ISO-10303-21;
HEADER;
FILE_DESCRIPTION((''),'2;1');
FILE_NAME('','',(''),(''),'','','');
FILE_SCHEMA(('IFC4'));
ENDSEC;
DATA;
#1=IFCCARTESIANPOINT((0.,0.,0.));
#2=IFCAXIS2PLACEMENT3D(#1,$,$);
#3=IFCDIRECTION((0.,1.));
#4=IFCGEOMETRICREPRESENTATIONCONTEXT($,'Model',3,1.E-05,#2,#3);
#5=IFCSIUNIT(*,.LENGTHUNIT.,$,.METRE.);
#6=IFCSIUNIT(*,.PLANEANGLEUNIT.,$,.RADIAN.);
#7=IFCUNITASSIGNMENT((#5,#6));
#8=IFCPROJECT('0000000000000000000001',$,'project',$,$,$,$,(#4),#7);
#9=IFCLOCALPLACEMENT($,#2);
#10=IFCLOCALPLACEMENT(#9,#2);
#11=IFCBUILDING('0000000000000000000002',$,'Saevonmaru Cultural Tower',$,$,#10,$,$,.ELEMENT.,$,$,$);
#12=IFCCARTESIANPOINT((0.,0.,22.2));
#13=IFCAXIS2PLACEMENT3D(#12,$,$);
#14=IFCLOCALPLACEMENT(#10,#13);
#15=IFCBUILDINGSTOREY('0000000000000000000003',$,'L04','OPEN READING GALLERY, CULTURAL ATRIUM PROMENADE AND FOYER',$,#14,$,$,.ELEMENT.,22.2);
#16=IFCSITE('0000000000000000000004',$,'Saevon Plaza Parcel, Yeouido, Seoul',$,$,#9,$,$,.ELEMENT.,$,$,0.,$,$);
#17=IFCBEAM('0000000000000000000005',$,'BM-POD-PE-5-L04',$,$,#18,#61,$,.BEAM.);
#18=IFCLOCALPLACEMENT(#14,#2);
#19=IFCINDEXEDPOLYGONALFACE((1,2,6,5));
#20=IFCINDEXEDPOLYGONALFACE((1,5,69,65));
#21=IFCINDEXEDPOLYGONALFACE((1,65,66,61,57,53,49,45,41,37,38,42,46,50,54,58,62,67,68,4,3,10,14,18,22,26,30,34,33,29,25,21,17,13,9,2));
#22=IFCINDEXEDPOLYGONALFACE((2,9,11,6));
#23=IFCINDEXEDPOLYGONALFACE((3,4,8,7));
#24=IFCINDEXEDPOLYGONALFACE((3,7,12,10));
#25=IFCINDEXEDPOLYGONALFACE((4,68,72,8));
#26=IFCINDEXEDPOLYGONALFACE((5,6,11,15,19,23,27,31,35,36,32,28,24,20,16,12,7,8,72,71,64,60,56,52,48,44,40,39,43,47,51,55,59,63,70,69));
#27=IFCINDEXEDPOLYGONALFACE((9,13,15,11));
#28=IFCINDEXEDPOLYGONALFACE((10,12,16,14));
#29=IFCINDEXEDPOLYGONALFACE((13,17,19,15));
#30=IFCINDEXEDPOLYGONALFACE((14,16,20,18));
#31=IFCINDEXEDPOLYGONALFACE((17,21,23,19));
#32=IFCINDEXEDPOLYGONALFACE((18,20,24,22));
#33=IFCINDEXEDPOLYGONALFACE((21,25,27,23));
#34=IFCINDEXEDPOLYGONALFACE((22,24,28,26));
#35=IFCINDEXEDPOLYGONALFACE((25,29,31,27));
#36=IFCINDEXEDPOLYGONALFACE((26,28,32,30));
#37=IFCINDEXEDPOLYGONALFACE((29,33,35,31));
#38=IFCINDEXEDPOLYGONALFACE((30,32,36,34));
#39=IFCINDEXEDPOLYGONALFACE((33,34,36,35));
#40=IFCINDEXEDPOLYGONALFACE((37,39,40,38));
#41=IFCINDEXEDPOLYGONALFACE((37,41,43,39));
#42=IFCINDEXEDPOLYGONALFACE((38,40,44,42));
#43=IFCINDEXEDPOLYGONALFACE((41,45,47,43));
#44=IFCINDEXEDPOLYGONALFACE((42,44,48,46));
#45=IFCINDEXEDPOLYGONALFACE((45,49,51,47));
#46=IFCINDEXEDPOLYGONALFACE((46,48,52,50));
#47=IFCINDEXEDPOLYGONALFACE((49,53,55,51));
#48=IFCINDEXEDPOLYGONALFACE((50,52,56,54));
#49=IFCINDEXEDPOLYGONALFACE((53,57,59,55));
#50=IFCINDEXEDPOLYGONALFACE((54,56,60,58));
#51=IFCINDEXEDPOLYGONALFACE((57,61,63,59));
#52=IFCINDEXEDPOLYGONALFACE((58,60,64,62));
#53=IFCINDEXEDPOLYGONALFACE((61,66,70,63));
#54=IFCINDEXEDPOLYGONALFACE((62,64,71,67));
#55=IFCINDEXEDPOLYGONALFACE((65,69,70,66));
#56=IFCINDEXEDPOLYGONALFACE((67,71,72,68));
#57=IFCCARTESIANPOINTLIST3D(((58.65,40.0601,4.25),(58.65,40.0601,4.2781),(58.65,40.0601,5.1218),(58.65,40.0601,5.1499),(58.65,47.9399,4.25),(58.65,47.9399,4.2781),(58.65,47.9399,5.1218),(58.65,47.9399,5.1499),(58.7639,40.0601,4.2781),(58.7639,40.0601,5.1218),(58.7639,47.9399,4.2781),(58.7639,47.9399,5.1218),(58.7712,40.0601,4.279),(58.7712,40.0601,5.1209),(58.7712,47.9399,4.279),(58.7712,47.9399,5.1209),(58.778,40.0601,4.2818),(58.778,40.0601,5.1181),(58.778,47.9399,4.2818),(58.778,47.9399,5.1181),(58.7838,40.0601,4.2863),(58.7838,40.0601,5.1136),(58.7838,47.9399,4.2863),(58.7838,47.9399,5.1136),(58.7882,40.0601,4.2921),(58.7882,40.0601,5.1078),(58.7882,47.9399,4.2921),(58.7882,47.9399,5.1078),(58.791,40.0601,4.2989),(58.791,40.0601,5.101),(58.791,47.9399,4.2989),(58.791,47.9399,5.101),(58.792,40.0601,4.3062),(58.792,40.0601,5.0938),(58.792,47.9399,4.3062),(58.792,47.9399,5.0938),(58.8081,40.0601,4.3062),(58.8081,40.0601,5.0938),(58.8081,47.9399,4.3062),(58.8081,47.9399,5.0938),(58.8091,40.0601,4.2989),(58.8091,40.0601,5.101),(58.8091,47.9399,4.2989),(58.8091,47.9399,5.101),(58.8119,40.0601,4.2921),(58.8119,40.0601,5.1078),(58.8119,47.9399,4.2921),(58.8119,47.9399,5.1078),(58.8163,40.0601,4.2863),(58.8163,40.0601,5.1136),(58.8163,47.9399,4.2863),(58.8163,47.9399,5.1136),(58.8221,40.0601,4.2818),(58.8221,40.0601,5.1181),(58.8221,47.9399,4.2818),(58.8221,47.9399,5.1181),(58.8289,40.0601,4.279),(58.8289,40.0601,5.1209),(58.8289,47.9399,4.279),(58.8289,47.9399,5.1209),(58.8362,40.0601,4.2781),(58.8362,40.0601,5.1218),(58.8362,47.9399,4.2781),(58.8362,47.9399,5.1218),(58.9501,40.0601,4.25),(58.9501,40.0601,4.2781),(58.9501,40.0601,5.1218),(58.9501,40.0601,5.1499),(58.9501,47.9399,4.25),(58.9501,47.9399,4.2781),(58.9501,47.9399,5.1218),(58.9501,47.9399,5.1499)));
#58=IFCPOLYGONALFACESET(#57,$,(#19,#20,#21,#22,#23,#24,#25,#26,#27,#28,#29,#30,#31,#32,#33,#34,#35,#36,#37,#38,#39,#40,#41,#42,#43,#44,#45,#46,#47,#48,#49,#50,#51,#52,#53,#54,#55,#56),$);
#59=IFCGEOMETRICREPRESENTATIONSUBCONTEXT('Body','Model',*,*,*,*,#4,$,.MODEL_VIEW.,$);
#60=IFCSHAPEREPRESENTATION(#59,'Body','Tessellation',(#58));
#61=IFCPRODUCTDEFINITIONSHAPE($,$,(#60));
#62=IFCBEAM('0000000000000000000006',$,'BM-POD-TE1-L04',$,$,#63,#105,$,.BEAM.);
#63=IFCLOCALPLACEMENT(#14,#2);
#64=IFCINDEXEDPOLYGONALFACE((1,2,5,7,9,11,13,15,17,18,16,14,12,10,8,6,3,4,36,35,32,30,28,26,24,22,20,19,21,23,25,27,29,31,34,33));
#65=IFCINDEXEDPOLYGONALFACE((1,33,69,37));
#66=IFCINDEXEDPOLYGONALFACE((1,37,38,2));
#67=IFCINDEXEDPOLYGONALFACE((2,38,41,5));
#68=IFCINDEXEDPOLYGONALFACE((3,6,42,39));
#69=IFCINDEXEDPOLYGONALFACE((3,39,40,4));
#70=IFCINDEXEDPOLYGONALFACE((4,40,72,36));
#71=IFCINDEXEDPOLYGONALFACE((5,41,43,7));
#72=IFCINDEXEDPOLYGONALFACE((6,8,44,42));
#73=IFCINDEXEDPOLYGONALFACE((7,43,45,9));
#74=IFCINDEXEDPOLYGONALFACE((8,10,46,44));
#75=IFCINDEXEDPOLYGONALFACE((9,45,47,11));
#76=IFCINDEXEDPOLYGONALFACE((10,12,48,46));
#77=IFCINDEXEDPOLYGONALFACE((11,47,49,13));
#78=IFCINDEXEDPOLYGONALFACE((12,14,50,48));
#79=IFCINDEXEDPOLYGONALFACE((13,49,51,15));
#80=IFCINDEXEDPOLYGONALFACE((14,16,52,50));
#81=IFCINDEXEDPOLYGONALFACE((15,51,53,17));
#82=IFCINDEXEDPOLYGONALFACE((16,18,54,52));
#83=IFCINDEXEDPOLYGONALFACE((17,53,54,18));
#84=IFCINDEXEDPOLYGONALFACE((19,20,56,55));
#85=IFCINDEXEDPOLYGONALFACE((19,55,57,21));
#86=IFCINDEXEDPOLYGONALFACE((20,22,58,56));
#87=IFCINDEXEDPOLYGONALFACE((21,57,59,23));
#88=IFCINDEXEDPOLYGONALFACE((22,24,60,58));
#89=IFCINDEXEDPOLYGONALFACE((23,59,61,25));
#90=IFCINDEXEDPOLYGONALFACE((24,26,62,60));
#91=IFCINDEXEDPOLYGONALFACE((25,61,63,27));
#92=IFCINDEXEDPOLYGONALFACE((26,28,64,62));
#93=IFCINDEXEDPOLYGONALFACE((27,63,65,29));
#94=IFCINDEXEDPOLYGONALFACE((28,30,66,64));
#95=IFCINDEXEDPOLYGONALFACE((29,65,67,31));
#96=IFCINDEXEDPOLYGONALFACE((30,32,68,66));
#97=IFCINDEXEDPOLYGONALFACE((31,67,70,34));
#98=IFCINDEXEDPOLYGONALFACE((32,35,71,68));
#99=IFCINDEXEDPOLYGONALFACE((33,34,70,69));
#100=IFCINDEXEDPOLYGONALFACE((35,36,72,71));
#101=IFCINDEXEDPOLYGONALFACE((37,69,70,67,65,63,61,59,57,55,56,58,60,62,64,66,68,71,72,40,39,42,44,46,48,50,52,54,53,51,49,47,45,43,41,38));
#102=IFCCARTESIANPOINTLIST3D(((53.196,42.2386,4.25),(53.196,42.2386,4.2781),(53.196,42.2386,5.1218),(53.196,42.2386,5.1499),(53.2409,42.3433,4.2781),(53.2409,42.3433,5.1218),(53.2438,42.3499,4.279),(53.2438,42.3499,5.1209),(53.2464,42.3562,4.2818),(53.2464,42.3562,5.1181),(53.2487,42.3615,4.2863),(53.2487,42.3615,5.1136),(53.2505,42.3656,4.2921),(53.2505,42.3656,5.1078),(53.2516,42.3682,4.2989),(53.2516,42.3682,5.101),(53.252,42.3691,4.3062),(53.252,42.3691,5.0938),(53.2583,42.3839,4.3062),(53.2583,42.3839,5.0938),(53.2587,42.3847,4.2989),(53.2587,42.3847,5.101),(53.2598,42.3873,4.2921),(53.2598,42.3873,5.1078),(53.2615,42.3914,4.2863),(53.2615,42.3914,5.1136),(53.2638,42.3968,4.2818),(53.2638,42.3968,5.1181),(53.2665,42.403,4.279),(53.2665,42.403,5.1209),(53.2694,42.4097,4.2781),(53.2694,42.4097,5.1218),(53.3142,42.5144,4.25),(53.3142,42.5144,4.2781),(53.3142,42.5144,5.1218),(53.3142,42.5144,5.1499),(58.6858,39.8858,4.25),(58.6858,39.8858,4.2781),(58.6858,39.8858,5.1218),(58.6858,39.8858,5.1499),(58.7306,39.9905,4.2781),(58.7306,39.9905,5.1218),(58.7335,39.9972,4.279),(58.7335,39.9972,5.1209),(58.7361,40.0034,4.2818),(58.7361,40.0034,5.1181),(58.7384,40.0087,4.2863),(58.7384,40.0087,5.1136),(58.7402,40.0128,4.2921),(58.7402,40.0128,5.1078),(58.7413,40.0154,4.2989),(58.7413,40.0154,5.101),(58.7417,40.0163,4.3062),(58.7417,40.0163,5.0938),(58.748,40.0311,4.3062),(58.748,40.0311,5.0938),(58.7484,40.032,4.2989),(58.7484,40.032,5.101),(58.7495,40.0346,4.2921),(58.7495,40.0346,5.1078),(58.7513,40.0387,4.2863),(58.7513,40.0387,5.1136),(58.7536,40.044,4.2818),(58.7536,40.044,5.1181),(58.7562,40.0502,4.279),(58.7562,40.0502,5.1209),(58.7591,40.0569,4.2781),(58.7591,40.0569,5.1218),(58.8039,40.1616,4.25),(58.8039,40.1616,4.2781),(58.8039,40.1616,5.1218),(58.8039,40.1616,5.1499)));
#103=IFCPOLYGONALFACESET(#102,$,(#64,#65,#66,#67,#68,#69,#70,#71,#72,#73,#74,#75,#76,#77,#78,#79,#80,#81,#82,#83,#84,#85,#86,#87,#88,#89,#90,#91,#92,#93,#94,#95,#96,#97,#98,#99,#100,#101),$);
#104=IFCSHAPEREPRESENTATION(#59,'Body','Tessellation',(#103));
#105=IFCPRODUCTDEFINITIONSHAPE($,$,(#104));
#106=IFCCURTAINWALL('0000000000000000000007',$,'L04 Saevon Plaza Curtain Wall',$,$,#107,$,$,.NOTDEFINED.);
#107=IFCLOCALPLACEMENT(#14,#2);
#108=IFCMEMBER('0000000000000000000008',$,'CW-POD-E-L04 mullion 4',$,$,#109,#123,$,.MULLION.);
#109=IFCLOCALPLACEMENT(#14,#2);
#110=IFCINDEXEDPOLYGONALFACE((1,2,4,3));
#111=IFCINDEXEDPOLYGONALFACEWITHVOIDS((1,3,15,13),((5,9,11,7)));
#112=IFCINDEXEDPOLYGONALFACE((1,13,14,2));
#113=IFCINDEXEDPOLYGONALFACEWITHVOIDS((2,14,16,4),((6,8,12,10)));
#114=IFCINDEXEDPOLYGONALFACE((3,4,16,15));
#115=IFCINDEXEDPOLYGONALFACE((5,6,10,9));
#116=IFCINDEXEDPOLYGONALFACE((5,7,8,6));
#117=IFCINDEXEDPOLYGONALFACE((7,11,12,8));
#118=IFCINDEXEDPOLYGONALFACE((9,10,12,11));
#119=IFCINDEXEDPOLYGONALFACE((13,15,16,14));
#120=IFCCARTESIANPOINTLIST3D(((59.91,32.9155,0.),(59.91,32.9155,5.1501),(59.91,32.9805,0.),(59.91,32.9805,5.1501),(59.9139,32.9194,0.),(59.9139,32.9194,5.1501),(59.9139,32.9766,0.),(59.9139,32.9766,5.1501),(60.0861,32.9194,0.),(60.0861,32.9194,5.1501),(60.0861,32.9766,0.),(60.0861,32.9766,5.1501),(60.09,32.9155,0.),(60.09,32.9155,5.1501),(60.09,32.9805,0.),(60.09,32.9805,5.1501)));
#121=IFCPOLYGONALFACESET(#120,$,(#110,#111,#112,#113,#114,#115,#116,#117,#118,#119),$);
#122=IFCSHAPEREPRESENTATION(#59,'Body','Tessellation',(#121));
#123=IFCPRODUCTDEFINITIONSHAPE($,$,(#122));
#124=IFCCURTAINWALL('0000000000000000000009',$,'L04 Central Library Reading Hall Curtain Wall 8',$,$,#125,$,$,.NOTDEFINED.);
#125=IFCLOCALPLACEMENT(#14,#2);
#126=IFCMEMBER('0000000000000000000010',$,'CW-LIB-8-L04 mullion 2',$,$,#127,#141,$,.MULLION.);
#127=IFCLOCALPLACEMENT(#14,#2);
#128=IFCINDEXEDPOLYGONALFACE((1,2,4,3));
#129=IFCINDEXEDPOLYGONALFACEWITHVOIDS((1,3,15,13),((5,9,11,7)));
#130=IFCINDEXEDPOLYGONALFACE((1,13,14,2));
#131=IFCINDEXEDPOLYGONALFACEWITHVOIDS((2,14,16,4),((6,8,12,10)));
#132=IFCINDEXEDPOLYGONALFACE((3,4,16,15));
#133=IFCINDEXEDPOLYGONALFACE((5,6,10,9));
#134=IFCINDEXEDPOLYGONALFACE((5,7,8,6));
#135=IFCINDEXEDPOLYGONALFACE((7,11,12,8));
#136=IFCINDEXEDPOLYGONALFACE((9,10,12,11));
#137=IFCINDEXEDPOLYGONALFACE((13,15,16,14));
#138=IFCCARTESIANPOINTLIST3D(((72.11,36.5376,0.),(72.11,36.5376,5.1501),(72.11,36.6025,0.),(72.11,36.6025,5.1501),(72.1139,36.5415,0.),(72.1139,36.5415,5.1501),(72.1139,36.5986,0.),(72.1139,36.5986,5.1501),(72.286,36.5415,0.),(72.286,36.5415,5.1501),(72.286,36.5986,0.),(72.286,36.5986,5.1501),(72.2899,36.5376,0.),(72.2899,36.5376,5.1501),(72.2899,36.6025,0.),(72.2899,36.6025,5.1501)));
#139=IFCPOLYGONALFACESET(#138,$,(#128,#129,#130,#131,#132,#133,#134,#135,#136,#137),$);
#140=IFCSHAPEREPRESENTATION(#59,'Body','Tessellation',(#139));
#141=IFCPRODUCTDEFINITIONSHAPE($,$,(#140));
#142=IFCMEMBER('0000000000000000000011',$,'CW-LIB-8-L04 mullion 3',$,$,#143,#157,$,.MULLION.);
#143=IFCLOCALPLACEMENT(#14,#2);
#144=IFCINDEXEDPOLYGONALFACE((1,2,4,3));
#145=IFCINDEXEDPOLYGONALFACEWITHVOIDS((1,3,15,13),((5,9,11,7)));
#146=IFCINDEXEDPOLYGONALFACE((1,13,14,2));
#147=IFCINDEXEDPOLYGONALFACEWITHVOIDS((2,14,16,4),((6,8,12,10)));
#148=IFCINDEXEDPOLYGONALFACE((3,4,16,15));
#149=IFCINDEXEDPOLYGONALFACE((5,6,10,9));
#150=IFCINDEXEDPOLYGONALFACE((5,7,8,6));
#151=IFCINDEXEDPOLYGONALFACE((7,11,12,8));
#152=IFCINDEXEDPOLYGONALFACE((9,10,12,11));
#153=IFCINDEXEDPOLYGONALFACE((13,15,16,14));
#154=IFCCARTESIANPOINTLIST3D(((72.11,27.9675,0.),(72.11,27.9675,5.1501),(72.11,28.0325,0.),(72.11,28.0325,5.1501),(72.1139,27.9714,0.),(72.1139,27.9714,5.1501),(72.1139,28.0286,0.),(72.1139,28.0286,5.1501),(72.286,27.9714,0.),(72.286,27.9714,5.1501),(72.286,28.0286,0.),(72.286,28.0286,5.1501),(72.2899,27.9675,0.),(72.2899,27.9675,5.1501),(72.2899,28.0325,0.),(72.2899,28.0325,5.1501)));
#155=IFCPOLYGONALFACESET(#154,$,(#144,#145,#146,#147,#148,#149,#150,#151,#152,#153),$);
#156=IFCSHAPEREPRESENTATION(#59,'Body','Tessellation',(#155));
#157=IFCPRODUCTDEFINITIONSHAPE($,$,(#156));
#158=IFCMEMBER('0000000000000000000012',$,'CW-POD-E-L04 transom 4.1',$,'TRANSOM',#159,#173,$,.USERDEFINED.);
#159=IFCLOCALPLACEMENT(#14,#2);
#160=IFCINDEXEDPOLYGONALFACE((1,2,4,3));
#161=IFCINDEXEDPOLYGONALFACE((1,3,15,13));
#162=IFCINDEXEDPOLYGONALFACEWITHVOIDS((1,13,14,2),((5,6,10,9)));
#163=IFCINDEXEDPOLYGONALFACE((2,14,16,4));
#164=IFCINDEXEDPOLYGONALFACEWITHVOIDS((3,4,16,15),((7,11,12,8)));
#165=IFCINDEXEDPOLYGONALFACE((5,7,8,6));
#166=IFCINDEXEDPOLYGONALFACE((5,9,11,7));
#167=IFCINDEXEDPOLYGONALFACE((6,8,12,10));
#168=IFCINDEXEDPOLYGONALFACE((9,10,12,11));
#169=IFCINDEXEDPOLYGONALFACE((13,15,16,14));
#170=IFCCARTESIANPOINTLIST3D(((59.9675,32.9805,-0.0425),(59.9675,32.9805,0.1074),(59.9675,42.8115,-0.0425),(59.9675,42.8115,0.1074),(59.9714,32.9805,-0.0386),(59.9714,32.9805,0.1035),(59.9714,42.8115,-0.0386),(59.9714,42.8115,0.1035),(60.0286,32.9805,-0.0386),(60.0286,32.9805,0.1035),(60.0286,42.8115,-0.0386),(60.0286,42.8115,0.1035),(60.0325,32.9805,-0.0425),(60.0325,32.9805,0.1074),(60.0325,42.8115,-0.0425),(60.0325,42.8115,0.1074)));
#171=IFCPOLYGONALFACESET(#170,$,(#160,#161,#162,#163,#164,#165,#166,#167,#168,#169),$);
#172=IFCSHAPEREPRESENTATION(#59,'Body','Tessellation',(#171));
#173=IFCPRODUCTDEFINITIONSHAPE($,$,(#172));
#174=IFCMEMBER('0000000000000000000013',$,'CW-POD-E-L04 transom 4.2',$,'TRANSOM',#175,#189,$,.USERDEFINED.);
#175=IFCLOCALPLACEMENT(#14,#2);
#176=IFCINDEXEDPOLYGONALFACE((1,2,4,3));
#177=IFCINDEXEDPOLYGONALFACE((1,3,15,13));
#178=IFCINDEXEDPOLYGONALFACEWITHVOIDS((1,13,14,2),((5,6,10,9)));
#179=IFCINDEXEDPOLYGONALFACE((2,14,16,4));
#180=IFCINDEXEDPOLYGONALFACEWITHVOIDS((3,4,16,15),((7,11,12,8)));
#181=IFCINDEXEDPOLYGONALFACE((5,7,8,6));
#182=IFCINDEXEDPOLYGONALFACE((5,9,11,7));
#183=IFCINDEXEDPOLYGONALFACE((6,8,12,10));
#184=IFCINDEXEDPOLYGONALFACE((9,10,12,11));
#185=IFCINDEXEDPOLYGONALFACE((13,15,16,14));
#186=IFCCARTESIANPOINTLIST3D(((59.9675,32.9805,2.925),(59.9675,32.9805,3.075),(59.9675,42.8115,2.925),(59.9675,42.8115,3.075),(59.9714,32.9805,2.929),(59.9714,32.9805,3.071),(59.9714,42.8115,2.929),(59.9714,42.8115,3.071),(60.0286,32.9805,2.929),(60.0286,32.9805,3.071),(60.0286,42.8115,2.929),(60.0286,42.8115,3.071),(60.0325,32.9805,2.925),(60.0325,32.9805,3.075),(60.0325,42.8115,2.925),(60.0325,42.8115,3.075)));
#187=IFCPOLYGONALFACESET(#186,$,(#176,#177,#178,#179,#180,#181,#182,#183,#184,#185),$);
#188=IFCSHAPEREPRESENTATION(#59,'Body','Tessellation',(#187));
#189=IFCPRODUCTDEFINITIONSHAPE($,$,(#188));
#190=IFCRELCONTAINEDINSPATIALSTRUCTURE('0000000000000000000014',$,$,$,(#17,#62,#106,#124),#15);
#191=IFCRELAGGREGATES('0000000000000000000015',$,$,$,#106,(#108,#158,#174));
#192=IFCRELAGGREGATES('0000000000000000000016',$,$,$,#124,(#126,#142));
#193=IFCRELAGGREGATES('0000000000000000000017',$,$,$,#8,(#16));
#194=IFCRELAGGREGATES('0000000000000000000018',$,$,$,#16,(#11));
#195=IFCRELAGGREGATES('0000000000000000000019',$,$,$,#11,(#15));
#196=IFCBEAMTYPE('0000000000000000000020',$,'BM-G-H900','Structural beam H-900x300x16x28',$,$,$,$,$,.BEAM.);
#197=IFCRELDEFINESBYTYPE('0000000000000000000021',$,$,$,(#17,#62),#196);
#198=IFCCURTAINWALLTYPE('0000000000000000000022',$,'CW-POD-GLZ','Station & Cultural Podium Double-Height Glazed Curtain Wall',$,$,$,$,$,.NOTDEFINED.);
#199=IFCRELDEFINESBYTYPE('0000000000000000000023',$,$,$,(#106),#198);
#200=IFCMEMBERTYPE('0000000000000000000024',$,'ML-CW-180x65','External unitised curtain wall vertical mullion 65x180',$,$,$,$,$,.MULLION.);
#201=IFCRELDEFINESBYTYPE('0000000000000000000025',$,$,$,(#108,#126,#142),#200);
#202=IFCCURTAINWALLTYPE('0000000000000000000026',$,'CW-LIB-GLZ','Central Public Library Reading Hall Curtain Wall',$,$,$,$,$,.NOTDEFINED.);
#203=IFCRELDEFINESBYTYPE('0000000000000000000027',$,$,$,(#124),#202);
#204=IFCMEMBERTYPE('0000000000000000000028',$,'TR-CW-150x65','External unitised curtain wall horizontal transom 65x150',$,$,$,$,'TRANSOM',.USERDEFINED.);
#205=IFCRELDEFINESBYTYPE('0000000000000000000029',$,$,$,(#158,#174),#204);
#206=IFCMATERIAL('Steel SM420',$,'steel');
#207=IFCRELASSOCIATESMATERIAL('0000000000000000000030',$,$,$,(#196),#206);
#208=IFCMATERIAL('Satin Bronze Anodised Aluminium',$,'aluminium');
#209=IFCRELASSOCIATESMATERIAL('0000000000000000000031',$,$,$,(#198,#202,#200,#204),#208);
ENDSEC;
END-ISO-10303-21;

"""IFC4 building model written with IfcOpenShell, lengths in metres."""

from ifc_helpers import new_model, si_unit, direction, frame, origin, origin_2d, place, context, subcontext, project, spatial, hollow_rectangle, i_section, extrude, material, material_profile, profile_set, type_object, element, aggregate, save


model = new_model("IFC4")

# Units and contexts
model_context = context("Model", 3, precision=1e-05, world=origin(), true_north=direction((0.0, 1.0)))
body_context = subcontext(model_context, "Body", "Model", "MODEL_VIEW")
ifc_project = project(units=[si_unit("LENGTHUNIT", "METRE"), si_unit("PLANEANGLEUNIT", "RADIAN")], contexts=[model_context])

# Site, building, storey
site_placement = place(None, origin())
site = spatial("IfcSite", under=ifc_project, at=site_placement, Name="Saevon Plaza Parcel, Yeouido, Seoul", CompositionType="ELEMENT", RefElevation=0.0)
building_placement = place(site_placement, origin())
building = spatial("IfcBuilding", under=site, at=building_placement, Name="Saevonmaru Cultural Tower", CompositionType="ELEMENT")
storey_placement = place(building_placement, frame((0.0, 0.0, 22.2)))
storey = spatial("IfcBuildingStorey", under=building, at=storey_placement, Name="L04", Description="OPEN READING GALLERY, CULTURAL ATRIUM PROMENADE AND FOYER", CompositionType="ELEMENT", Elevation=22.2)

# Shared definitions
ifc_material_1 = material(Name="Steel SM420", Category="steel")

# Beams
ifc_material_profile_1 = material_profile(ifc_material_1, i_section(OverallWidth=0.3, OverallDepth=0.8999, WebThickness=0.0161, FlangeThickness=0.0281, FilletRadius=0.0281, at=origin_2d()), Name="H-900x300x16x28")
ifc_profile_set_1 = profile_set([ifc_material_profile_1], Name="Steel SM420")
beam_type = type_object("IfcBeamType", Name="BM-G-H900", Description="Structural beam H-900x300x16x28", PredefinedType="BEAM", material=ifc_profile_set_1)
for number, where, z_axis, x_axis, name in (
    (1, (58.8, 40.0601, 4.7), (0.0, 1.0, 0.0), (-1.0, 0.0, 0.0), "BM-POD-PE-5-L04"),
):
    element("IfcBeam", number, at=place(storey_placement, frame(where, z_axis=z_axis, x_axis=x_axis)), inside=storey, type_object=beam_type, Name=name, PredefinedType="BEAM", context=body_context, shape_type="SweptSolid", body=[
        extrude(i_section(OverallWidth=0.3, OverallDepth=0.8999, WebThickness=0.0161, FlangeThickness=0.0281, FilletRadius=0.0281, at=origin_2d()), origin(), (0.0, 0.0, 1.0), 7.8799),
    ])
beam_placement = place(storey_placement, frame((53.2551, 42.3765, 4.7), z_axis=(0.919143, -0.393924, 0.0), x_axis=(0.393924, 0.919143, 0.0)))
element("IfcBeam", 2, at=beam_placement, inside=storey, type_object=beam_type, Name="BM-POD-TE1-L04", PredefinedType="BEAM", context=body_context, shape_type="SweptSolid", body=[
    extrude(i_section(OverallWidth=0.3, OverallDepth=0.8999, WebThickness=0.0161, FlangeThickness=0.0281, FilletRadius=0.0281, at=origin_2d()), origin(), (0.0, 0.0, 1.0), 5.9727),
])

# Curtain wall, member
ifc_material_2 = material(Name="Satin Bronze Anodised Aluminium", Category="aluminium")
curtain_wall_type_1 = type_object("IfcCurtainWallType", Name="CW-POD-GLZ", Description="Station & Cultural Podium Double-Height Glazed Curtain Wall", PredefinedType="NOTDEFINED", material=ifc_material_2)
curtain_wall_1_placement = place(storey_placement, origin())
curtain_wall_1 = element("IfcCurtainWall", 3, at=curtain_wall_1_placement, inside=storey, type_object=curtain_wall_type_1, Name="L04 Saevon Plaza Curtain Wall", PredefinedType="NOTDEFINED")
ifc_material_profile_2 = material_profile(ifc_material_2, hollow_rectangle(XDim=0.0649, YDim=0.1799, WallThickness=0.0039, at=origin_2d()), Name="ALU-MULL-180x65x4")
ifc_profile_set_2 = profile_set([ifc_material_profile_2], Name="Satin Bronze Anodised Aluminium")
member_type_1 = type_object("IfcMemberType", Name="ML-CW-180x65", Description="External unitised curtain wall vertical mullion 65x180", PredefinedType="MULLION", material=ifc_profile_set_2)
member_1_placement = place(storey_placement, frame((60.0, 32.948, 0.0), z_axis=(0.0, 0.0, 1.0), x_axis=(0.0, 1.0, 0.0)))
member_1 = element("IfcMember", 4, at=member_1_placement, type_object=member_type_1, Name="CW-POD-E-L04 mullion 4", PredefinedType="MULLION", context=body_context, shape_type="SweptSolid", body=[
    extrude(hollow_rectangle(XDim=0.0649, YDim=0.1799, WallThickness=0.0039, at=origin_2d()), origin(), (0.0, 0.0, 1.0), 5.1501),
])

# Curtain wall, members
curtain_wall_type_2 = type_object("IfcCurtainWallType", Name="CW-LIB-GLZ", Description="Central Public Library Reading Hall Curtain Wall", PredefinedType="NOTDEFINED", material=ifc_material_2)
curtain_wall_2_placement = place(storey_placement, origin())
curtain_wall_2 = element("IfcCurtainWall", 5, at=curtain_wall_2_placement, inside=storey, type_object=curtain_wall_type_2, Name="L04 Central Library Reading Hall Curtain Wall 8", PredefinedType="NOTDEFINED")
member_2_placement = place(storey_placement, frame((72.2, 36.5701, 0.0), z_axis=(0.0, 0.0, 1.0), x_axis=(0.0, -1.0, 0.0)))
member_2 = element("IfcMember", 6, at=member_2_placement, type_object=member_type_1, Name="CW-LIB-8-L04 mullion 2", PredefinedType="MULLION", context=body_context, shape_type="SweptSolid", body=[
    extrude(hollow_rectangle(XDim=0.0649, YDim=0.1799, WallThickness=0.0039, at=origin_2d()), origin(), (0.0, 0.0, 1.0), 5.1501),
])
member_3_placement = place(storey_placement, frame((72.2, 28.0, 0.0), z_axis=(0.0, 0.0, 1.0), x_axis=(0.0, -1.0, 0.0)))
member_3 = element("IfcMember", 7, at=member_3_placement, type_object=member_type_1, Name="CW-LIB-8-L04 mullion 3", PredefinedType="MULLION", context=body_context, shape_type="SweptSolid", body=[
    extrude(hollow_rectangle(XDim=0.0649, YDim=0.1799, WallThickness=0.0039, at=origin_2d()), origin(), (0.0, 0.0, 1.0), 5.1501),
])

# Members
ifc_material_profile_3 = material_profile(ifc_material_2, hollow_rectangle(XDim=0.0649, YDim=0.1499, WallThickness=0.0039, at=origin_2d()), Name="ALU-TRAN-150x65x4")
ifc_profile_set_3 = profile_set([ifc_material_profile_3], Name="Satin Bronze Anodised Aluminium")
member_type_2 = type_object("IfcMemberType", Name="TR-CW-150x65", Description="External unitised curtain wall horizontal transom 65x150", ElementType="TRANSOM", PredefinedType="USERDEFINED", material=ifc_profile_set_3)
member_4_placement = place(storey_placement, frame((60.0, 32.9805, 0.0325), z_axis=(0.0, 1.0, 0.0), x_axis=(-1.0, 0.0, 0.0)))
member_4 = element("IfcMember", 8, at=member_4_placement, type_object=member_type_2, Name="CW-POD-E-L04 transom 4.1", ObjectType="TRANSOM", PredefinedType="USERDEFINED", context=body_context, shape_type="SweptSolid", body=[
    extrude(hollow_rectangle(XDim=0.0649, YDim=0.1499, WallThickness=0.0039, at=origin_2d()), origin(), (0.0, 0.0, 1.0), 9.8311),
])
member_5_placement = place(storey_placement, frame((60.0, 32.9805, 3.0), z_axis=(0.0, 1.0, 0.0), x_axis=(-1.0, 0.0, 0.0)))
member_5 = element("IfcMember", 9, at=member_5_placement, type_object=member_type_2, Name="CW-POD-E-L04 transom 4.2", ObjectType="TRANSOM", PredefinedType="USERDEFINED", context=body_context, shape_type="SweptSolid", body=[
    extrude(hollow_rectangle(XDim=0.0649, YDim=0.1499, WallThickness=0.0039, at=origin_2d()), origin(), (0.0, 0.0, 1.0), 9.8311),
])

aggregate(curtain_wall_1, [member_1, member_4, member_5])
aggregate(curtain_wall_2, [member_2, member_3])

save(model, "model.ifc")
